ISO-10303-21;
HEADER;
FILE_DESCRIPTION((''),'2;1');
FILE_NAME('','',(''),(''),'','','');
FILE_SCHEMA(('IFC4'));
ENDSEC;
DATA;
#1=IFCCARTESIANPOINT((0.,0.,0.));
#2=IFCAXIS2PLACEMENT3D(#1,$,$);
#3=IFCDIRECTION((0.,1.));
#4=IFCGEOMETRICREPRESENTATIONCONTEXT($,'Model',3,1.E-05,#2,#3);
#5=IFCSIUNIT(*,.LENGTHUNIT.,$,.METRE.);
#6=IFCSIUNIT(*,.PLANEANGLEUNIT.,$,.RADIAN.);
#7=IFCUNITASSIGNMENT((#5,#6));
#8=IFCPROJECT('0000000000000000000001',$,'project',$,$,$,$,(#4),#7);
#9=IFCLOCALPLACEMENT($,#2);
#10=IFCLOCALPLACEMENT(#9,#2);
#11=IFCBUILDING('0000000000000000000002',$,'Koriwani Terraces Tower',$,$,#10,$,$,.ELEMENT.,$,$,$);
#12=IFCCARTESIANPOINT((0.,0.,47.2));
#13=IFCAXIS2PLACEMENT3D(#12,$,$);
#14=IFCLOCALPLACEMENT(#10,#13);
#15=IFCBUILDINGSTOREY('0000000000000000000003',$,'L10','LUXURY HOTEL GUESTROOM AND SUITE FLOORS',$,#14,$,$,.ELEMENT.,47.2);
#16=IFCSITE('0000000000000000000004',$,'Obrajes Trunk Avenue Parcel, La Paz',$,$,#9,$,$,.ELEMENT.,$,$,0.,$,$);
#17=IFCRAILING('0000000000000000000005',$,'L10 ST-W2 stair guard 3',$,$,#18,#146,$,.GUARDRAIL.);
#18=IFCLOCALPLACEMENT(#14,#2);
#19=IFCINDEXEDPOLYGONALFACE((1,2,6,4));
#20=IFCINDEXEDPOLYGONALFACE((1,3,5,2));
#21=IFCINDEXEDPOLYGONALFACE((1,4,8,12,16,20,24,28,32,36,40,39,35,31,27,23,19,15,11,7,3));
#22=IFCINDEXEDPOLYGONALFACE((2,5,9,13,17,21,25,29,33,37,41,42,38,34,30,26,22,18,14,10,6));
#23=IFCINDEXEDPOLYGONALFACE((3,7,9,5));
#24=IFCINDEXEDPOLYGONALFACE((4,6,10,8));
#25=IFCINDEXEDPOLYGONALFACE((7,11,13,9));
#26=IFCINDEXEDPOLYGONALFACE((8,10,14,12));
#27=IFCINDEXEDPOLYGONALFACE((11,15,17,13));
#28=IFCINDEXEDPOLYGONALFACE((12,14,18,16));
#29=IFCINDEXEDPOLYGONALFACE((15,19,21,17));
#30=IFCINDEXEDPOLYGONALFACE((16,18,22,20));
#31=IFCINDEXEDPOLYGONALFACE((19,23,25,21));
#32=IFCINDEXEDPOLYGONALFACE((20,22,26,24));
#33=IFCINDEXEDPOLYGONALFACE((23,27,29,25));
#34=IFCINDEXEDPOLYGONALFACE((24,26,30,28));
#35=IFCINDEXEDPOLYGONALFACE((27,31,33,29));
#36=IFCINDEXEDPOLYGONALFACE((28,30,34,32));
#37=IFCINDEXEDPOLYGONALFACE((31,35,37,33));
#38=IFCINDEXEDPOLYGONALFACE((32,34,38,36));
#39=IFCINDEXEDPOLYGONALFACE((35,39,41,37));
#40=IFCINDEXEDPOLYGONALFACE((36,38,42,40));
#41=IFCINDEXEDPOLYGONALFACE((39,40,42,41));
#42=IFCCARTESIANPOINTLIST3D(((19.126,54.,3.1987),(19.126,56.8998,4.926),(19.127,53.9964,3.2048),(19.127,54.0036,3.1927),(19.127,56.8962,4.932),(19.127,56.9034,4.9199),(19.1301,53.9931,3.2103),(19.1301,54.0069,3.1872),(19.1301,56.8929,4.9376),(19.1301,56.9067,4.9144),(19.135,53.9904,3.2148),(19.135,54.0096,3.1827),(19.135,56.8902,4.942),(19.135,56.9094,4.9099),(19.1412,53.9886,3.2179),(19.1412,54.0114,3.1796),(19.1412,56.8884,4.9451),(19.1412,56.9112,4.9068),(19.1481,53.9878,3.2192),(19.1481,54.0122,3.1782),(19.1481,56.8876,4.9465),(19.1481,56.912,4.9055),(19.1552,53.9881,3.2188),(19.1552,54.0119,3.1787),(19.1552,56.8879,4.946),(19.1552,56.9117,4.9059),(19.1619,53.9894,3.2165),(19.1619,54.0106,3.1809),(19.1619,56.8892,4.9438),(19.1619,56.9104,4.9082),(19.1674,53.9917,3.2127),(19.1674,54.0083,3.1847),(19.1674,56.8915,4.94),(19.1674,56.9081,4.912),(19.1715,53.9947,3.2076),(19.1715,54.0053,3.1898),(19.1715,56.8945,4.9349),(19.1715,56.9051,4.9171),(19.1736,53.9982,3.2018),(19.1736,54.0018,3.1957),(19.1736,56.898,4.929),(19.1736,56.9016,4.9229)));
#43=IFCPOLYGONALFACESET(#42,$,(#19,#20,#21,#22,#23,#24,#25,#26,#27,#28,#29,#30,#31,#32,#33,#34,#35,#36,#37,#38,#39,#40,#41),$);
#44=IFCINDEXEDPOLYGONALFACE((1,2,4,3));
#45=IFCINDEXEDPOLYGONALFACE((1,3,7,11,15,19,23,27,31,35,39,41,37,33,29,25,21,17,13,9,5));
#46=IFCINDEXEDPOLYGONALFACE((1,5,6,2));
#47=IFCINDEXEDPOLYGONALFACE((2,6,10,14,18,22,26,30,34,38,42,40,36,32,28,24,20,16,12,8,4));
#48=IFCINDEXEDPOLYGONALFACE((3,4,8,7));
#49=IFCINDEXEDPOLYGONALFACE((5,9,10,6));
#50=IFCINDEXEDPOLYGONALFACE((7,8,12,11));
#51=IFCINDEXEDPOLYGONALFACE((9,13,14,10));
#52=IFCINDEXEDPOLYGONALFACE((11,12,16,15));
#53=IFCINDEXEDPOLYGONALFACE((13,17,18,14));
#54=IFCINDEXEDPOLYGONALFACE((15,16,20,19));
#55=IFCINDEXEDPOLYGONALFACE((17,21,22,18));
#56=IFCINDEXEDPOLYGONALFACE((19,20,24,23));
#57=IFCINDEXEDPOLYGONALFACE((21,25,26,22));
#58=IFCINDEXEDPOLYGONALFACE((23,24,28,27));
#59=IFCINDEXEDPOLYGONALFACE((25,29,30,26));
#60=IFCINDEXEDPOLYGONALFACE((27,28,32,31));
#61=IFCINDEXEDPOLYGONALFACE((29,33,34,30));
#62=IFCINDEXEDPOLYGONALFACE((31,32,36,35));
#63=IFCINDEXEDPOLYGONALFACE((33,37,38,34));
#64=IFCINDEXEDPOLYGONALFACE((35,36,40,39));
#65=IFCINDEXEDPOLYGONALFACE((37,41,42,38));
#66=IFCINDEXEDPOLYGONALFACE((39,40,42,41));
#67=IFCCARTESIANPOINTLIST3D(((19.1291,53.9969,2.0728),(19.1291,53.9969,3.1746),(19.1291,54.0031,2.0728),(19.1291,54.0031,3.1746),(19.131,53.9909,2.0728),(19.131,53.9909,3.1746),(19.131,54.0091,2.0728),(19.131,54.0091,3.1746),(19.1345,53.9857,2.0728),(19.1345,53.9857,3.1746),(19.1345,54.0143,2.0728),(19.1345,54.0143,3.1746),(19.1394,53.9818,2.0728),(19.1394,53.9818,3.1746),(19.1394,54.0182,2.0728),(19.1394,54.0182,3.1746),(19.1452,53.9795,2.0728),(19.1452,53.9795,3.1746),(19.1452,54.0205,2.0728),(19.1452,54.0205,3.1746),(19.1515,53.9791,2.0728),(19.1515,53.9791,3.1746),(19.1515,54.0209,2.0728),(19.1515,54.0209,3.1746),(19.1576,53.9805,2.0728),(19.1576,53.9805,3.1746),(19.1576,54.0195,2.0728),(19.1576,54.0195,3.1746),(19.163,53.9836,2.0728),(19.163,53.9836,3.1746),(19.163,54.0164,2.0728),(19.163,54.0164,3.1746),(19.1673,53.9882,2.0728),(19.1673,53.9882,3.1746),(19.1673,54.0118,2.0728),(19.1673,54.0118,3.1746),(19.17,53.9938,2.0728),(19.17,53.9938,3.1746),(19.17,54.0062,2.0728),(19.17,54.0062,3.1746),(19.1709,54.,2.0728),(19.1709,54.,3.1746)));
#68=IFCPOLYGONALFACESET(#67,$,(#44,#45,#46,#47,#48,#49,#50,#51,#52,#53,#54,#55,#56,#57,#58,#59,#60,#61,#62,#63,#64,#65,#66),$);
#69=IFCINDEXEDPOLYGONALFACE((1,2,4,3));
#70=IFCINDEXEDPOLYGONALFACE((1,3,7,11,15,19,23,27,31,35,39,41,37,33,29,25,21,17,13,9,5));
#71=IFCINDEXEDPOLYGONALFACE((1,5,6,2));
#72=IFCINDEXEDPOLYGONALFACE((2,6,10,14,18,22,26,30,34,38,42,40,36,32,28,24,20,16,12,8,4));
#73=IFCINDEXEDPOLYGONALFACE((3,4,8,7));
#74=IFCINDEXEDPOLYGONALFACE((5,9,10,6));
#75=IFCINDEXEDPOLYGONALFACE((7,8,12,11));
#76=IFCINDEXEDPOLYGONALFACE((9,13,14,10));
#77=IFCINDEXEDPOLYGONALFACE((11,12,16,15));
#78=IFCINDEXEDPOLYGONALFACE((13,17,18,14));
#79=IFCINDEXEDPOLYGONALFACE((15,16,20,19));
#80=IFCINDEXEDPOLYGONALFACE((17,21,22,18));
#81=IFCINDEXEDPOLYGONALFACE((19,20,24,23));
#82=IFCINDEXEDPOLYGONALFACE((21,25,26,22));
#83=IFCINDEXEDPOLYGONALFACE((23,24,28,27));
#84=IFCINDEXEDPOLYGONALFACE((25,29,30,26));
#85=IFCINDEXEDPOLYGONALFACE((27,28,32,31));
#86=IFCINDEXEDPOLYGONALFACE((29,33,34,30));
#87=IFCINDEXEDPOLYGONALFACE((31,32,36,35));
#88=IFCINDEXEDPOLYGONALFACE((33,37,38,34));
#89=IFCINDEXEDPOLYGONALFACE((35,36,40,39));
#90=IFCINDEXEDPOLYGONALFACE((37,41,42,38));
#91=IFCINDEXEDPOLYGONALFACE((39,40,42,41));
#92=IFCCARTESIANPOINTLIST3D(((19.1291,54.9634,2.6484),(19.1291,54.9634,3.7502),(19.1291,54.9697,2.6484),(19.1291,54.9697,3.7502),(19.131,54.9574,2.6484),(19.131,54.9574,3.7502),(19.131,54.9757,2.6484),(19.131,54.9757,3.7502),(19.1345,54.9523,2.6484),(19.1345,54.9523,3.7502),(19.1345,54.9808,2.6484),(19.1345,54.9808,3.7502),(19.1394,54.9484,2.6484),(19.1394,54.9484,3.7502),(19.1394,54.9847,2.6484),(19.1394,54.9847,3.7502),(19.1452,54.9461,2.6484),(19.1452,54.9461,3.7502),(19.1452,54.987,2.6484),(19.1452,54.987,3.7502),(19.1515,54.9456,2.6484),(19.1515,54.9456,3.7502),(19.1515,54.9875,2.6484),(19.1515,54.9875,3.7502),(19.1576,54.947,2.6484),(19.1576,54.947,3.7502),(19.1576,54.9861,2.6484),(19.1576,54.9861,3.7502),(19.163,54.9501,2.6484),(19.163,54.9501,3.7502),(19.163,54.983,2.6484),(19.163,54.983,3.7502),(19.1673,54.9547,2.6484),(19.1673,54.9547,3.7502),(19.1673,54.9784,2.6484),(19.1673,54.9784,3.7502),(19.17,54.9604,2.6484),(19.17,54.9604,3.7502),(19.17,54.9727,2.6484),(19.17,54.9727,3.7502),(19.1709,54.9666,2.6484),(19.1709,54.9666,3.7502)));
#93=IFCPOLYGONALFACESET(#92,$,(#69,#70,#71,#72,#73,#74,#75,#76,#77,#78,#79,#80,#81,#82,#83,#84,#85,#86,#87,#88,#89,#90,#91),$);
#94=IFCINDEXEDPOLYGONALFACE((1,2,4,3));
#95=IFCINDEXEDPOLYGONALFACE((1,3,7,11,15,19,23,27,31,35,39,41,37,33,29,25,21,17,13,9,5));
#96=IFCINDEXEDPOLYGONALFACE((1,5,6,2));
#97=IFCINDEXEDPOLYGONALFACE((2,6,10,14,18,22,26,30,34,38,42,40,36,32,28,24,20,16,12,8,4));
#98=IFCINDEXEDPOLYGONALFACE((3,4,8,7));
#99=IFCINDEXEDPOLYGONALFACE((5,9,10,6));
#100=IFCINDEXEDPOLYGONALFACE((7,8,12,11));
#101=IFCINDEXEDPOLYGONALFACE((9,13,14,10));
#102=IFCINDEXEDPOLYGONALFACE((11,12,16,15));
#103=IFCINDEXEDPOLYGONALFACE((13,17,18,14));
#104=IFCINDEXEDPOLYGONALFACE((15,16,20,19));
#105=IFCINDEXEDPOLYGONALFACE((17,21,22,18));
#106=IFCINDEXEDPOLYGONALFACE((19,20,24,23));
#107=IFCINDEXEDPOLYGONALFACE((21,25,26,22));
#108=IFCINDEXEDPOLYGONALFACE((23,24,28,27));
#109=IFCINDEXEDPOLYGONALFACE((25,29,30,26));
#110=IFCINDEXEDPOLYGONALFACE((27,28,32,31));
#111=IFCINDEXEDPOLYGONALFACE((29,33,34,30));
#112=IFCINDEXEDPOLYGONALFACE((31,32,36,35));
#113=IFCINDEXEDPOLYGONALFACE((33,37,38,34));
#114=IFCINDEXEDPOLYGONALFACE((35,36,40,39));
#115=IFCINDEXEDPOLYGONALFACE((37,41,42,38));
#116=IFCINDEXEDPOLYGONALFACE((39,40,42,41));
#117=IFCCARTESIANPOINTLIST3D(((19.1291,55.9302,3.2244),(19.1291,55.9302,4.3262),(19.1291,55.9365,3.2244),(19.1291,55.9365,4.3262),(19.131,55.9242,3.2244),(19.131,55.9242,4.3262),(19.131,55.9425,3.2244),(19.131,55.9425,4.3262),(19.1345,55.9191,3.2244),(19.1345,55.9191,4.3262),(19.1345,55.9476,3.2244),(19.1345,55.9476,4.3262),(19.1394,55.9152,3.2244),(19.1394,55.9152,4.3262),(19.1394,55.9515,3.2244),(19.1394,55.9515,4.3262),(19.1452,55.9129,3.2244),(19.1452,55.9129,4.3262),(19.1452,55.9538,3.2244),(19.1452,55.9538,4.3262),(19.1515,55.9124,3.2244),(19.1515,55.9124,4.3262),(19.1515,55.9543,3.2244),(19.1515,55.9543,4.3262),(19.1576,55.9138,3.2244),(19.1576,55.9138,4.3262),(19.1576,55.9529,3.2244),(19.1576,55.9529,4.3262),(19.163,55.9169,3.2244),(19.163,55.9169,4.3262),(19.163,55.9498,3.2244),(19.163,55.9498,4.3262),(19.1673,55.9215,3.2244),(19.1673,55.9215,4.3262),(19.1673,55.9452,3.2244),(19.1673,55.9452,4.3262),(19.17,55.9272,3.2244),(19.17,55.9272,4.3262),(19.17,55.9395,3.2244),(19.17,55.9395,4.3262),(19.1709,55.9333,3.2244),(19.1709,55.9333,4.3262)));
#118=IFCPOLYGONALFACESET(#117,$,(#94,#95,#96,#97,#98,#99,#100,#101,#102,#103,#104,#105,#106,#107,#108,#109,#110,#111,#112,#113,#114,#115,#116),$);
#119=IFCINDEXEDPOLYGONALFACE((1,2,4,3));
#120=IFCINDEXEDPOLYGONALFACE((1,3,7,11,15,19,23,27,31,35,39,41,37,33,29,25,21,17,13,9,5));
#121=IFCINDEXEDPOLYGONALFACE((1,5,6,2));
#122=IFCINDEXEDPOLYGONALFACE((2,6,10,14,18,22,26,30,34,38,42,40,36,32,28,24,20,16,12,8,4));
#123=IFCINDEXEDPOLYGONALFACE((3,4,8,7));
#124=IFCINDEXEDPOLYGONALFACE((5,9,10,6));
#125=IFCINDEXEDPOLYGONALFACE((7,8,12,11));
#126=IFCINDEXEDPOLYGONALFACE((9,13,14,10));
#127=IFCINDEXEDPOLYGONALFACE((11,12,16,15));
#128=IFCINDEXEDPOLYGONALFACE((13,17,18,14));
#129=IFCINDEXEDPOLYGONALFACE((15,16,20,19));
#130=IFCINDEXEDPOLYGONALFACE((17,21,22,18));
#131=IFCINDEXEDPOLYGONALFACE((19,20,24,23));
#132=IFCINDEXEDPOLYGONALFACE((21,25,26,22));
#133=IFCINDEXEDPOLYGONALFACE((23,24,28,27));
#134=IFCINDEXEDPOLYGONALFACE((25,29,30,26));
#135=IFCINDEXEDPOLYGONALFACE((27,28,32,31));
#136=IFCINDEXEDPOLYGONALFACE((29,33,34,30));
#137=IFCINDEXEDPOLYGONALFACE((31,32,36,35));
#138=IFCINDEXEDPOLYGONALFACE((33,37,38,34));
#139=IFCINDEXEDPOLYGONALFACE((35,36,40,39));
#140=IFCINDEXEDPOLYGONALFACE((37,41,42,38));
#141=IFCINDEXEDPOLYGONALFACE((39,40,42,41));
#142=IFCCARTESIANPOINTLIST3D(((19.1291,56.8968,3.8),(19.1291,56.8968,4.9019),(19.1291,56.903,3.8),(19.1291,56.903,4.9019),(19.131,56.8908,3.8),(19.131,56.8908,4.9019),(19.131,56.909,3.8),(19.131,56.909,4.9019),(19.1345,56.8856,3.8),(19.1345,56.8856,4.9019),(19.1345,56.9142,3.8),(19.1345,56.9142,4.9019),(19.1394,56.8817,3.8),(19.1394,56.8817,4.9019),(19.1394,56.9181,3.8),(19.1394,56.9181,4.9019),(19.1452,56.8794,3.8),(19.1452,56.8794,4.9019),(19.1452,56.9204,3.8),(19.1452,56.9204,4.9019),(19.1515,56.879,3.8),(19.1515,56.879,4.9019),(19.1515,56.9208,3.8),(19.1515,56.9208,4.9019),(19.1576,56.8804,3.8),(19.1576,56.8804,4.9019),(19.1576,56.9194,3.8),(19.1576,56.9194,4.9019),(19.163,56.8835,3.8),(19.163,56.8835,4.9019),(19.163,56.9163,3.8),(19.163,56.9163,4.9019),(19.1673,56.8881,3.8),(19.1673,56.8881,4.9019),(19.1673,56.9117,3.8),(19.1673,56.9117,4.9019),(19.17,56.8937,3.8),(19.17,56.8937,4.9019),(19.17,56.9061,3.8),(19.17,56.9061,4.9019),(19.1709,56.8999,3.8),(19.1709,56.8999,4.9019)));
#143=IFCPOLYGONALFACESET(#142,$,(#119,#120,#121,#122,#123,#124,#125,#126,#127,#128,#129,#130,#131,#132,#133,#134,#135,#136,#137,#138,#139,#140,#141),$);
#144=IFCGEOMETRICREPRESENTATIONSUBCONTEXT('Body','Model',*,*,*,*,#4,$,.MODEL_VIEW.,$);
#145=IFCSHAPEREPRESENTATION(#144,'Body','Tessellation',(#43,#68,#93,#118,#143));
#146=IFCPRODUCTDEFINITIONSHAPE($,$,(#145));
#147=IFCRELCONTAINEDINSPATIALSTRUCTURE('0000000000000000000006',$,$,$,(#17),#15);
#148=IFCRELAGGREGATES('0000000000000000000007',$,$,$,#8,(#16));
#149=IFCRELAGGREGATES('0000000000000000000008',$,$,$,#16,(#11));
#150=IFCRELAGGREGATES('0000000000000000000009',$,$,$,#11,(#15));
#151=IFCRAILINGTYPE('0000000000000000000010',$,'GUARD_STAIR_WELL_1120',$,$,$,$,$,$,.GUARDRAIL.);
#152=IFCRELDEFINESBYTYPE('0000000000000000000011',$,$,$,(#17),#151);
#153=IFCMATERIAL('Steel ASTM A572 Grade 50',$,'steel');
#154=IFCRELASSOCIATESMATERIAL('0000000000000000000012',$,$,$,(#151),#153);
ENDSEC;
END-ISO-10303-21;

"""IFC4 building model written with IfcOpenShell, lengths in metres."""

from ifc_helpers import new_model, si_unit, direction, frame, origin, origin_2d, place, context, subcontext, project, spatial, circle, extrude, material, type_object, element, save


model = new_model("IFC4")

# Units and contexts
model_context = context("Model", 3, precision=1e-05, world=origin(), true_north=direction((0.0, 1.0)))
body_context = subcontext(model_context, "Body", "Model", "MODEL_VIEW")
ifc_project = project(units=[si_unit("LENGTHUNIT", "METRE"), si_unit("PLANEANGLEUNIT", "RADIAN")], contexts=[model_context])

# Site, building, storey
site_placement = place(None, origin())
site = spatial("IfcSite", under=ifc_project, at=site_placement, Name="Obrajes Trunk Avenue Parcel, La Paz", CompositionType="ELEMENT", RefElevation=0.0)
building_placement = place(site_placement, origin())
building = spatial("IfcBuilding", under=site, at=building_placement, Name="Koriwani Terraces Tower", CompositionType="ELEMENT")
storey_placement = place(building_placement, frame((0.0, 0.0, 47.2)))
storey = spatial("IfcBuildingStorey", under=building, at=storey_placement, Name="L10", Description="LUXURY HOTEL GUESTROOM AND SUITE FLOORS", CompositionType="ELEMENT", Elevation=47.2)

# Shared definitions
ifc_material_1 = material(Name="Steel ASTM A572 Grade 50", Category="steel")

# Railing
railing_type_1 = type_object("IfcRailingType", Name="GUARD_STAIR_WELL_1120", PredefinedType="GUARDRAIL", material=ifc_material_1)
railing_1_placement = place(storey_placement, frame((19.1499, 54.0, 2.0728)))
element("IfcRailing", 1, at=railing_1_placement, inside=storey, type_object=railing_type_1, Name="L10 ST-W2 stair guard 3", PredefinedType="GUARDRAIL", context=body_context, shape_type="SweptSolid", body=[
    extrude(circle(Radius=0.0239, at=origin_2d()), frame((0.0, 0.0, 1.126), z_axis=(0.0, 0.859141, 0.511738), x_axis=(-1.0, 0.0, 0.0)), (0.0, 0.0, 1.0), 3.3752),
    extrude(circle(Radius=0.021, at=origin_2d()), origin(), (0.0, 0.0, 1.0), 1.1018),
    extrude(circle(Radius=0.021, at=origin_2d()), frame((0.0, 0.9666, 0.5757)), (0.0, 0.0, 1.0), 1.1018),
    extrude(circle(Radius=0.021, at=origin_2d()), frame((0.0, 1.9333, 1.1516)), (0.0, 0.0, 1.0), 1.1018),
    extrude(circle(Radius=0.021, at=origin_2d()), frame((0.0, 2.8999, 1.7273)), (0.0, 0.0, 1.0), 1.1018),
])

save(model, "model.ifc")
